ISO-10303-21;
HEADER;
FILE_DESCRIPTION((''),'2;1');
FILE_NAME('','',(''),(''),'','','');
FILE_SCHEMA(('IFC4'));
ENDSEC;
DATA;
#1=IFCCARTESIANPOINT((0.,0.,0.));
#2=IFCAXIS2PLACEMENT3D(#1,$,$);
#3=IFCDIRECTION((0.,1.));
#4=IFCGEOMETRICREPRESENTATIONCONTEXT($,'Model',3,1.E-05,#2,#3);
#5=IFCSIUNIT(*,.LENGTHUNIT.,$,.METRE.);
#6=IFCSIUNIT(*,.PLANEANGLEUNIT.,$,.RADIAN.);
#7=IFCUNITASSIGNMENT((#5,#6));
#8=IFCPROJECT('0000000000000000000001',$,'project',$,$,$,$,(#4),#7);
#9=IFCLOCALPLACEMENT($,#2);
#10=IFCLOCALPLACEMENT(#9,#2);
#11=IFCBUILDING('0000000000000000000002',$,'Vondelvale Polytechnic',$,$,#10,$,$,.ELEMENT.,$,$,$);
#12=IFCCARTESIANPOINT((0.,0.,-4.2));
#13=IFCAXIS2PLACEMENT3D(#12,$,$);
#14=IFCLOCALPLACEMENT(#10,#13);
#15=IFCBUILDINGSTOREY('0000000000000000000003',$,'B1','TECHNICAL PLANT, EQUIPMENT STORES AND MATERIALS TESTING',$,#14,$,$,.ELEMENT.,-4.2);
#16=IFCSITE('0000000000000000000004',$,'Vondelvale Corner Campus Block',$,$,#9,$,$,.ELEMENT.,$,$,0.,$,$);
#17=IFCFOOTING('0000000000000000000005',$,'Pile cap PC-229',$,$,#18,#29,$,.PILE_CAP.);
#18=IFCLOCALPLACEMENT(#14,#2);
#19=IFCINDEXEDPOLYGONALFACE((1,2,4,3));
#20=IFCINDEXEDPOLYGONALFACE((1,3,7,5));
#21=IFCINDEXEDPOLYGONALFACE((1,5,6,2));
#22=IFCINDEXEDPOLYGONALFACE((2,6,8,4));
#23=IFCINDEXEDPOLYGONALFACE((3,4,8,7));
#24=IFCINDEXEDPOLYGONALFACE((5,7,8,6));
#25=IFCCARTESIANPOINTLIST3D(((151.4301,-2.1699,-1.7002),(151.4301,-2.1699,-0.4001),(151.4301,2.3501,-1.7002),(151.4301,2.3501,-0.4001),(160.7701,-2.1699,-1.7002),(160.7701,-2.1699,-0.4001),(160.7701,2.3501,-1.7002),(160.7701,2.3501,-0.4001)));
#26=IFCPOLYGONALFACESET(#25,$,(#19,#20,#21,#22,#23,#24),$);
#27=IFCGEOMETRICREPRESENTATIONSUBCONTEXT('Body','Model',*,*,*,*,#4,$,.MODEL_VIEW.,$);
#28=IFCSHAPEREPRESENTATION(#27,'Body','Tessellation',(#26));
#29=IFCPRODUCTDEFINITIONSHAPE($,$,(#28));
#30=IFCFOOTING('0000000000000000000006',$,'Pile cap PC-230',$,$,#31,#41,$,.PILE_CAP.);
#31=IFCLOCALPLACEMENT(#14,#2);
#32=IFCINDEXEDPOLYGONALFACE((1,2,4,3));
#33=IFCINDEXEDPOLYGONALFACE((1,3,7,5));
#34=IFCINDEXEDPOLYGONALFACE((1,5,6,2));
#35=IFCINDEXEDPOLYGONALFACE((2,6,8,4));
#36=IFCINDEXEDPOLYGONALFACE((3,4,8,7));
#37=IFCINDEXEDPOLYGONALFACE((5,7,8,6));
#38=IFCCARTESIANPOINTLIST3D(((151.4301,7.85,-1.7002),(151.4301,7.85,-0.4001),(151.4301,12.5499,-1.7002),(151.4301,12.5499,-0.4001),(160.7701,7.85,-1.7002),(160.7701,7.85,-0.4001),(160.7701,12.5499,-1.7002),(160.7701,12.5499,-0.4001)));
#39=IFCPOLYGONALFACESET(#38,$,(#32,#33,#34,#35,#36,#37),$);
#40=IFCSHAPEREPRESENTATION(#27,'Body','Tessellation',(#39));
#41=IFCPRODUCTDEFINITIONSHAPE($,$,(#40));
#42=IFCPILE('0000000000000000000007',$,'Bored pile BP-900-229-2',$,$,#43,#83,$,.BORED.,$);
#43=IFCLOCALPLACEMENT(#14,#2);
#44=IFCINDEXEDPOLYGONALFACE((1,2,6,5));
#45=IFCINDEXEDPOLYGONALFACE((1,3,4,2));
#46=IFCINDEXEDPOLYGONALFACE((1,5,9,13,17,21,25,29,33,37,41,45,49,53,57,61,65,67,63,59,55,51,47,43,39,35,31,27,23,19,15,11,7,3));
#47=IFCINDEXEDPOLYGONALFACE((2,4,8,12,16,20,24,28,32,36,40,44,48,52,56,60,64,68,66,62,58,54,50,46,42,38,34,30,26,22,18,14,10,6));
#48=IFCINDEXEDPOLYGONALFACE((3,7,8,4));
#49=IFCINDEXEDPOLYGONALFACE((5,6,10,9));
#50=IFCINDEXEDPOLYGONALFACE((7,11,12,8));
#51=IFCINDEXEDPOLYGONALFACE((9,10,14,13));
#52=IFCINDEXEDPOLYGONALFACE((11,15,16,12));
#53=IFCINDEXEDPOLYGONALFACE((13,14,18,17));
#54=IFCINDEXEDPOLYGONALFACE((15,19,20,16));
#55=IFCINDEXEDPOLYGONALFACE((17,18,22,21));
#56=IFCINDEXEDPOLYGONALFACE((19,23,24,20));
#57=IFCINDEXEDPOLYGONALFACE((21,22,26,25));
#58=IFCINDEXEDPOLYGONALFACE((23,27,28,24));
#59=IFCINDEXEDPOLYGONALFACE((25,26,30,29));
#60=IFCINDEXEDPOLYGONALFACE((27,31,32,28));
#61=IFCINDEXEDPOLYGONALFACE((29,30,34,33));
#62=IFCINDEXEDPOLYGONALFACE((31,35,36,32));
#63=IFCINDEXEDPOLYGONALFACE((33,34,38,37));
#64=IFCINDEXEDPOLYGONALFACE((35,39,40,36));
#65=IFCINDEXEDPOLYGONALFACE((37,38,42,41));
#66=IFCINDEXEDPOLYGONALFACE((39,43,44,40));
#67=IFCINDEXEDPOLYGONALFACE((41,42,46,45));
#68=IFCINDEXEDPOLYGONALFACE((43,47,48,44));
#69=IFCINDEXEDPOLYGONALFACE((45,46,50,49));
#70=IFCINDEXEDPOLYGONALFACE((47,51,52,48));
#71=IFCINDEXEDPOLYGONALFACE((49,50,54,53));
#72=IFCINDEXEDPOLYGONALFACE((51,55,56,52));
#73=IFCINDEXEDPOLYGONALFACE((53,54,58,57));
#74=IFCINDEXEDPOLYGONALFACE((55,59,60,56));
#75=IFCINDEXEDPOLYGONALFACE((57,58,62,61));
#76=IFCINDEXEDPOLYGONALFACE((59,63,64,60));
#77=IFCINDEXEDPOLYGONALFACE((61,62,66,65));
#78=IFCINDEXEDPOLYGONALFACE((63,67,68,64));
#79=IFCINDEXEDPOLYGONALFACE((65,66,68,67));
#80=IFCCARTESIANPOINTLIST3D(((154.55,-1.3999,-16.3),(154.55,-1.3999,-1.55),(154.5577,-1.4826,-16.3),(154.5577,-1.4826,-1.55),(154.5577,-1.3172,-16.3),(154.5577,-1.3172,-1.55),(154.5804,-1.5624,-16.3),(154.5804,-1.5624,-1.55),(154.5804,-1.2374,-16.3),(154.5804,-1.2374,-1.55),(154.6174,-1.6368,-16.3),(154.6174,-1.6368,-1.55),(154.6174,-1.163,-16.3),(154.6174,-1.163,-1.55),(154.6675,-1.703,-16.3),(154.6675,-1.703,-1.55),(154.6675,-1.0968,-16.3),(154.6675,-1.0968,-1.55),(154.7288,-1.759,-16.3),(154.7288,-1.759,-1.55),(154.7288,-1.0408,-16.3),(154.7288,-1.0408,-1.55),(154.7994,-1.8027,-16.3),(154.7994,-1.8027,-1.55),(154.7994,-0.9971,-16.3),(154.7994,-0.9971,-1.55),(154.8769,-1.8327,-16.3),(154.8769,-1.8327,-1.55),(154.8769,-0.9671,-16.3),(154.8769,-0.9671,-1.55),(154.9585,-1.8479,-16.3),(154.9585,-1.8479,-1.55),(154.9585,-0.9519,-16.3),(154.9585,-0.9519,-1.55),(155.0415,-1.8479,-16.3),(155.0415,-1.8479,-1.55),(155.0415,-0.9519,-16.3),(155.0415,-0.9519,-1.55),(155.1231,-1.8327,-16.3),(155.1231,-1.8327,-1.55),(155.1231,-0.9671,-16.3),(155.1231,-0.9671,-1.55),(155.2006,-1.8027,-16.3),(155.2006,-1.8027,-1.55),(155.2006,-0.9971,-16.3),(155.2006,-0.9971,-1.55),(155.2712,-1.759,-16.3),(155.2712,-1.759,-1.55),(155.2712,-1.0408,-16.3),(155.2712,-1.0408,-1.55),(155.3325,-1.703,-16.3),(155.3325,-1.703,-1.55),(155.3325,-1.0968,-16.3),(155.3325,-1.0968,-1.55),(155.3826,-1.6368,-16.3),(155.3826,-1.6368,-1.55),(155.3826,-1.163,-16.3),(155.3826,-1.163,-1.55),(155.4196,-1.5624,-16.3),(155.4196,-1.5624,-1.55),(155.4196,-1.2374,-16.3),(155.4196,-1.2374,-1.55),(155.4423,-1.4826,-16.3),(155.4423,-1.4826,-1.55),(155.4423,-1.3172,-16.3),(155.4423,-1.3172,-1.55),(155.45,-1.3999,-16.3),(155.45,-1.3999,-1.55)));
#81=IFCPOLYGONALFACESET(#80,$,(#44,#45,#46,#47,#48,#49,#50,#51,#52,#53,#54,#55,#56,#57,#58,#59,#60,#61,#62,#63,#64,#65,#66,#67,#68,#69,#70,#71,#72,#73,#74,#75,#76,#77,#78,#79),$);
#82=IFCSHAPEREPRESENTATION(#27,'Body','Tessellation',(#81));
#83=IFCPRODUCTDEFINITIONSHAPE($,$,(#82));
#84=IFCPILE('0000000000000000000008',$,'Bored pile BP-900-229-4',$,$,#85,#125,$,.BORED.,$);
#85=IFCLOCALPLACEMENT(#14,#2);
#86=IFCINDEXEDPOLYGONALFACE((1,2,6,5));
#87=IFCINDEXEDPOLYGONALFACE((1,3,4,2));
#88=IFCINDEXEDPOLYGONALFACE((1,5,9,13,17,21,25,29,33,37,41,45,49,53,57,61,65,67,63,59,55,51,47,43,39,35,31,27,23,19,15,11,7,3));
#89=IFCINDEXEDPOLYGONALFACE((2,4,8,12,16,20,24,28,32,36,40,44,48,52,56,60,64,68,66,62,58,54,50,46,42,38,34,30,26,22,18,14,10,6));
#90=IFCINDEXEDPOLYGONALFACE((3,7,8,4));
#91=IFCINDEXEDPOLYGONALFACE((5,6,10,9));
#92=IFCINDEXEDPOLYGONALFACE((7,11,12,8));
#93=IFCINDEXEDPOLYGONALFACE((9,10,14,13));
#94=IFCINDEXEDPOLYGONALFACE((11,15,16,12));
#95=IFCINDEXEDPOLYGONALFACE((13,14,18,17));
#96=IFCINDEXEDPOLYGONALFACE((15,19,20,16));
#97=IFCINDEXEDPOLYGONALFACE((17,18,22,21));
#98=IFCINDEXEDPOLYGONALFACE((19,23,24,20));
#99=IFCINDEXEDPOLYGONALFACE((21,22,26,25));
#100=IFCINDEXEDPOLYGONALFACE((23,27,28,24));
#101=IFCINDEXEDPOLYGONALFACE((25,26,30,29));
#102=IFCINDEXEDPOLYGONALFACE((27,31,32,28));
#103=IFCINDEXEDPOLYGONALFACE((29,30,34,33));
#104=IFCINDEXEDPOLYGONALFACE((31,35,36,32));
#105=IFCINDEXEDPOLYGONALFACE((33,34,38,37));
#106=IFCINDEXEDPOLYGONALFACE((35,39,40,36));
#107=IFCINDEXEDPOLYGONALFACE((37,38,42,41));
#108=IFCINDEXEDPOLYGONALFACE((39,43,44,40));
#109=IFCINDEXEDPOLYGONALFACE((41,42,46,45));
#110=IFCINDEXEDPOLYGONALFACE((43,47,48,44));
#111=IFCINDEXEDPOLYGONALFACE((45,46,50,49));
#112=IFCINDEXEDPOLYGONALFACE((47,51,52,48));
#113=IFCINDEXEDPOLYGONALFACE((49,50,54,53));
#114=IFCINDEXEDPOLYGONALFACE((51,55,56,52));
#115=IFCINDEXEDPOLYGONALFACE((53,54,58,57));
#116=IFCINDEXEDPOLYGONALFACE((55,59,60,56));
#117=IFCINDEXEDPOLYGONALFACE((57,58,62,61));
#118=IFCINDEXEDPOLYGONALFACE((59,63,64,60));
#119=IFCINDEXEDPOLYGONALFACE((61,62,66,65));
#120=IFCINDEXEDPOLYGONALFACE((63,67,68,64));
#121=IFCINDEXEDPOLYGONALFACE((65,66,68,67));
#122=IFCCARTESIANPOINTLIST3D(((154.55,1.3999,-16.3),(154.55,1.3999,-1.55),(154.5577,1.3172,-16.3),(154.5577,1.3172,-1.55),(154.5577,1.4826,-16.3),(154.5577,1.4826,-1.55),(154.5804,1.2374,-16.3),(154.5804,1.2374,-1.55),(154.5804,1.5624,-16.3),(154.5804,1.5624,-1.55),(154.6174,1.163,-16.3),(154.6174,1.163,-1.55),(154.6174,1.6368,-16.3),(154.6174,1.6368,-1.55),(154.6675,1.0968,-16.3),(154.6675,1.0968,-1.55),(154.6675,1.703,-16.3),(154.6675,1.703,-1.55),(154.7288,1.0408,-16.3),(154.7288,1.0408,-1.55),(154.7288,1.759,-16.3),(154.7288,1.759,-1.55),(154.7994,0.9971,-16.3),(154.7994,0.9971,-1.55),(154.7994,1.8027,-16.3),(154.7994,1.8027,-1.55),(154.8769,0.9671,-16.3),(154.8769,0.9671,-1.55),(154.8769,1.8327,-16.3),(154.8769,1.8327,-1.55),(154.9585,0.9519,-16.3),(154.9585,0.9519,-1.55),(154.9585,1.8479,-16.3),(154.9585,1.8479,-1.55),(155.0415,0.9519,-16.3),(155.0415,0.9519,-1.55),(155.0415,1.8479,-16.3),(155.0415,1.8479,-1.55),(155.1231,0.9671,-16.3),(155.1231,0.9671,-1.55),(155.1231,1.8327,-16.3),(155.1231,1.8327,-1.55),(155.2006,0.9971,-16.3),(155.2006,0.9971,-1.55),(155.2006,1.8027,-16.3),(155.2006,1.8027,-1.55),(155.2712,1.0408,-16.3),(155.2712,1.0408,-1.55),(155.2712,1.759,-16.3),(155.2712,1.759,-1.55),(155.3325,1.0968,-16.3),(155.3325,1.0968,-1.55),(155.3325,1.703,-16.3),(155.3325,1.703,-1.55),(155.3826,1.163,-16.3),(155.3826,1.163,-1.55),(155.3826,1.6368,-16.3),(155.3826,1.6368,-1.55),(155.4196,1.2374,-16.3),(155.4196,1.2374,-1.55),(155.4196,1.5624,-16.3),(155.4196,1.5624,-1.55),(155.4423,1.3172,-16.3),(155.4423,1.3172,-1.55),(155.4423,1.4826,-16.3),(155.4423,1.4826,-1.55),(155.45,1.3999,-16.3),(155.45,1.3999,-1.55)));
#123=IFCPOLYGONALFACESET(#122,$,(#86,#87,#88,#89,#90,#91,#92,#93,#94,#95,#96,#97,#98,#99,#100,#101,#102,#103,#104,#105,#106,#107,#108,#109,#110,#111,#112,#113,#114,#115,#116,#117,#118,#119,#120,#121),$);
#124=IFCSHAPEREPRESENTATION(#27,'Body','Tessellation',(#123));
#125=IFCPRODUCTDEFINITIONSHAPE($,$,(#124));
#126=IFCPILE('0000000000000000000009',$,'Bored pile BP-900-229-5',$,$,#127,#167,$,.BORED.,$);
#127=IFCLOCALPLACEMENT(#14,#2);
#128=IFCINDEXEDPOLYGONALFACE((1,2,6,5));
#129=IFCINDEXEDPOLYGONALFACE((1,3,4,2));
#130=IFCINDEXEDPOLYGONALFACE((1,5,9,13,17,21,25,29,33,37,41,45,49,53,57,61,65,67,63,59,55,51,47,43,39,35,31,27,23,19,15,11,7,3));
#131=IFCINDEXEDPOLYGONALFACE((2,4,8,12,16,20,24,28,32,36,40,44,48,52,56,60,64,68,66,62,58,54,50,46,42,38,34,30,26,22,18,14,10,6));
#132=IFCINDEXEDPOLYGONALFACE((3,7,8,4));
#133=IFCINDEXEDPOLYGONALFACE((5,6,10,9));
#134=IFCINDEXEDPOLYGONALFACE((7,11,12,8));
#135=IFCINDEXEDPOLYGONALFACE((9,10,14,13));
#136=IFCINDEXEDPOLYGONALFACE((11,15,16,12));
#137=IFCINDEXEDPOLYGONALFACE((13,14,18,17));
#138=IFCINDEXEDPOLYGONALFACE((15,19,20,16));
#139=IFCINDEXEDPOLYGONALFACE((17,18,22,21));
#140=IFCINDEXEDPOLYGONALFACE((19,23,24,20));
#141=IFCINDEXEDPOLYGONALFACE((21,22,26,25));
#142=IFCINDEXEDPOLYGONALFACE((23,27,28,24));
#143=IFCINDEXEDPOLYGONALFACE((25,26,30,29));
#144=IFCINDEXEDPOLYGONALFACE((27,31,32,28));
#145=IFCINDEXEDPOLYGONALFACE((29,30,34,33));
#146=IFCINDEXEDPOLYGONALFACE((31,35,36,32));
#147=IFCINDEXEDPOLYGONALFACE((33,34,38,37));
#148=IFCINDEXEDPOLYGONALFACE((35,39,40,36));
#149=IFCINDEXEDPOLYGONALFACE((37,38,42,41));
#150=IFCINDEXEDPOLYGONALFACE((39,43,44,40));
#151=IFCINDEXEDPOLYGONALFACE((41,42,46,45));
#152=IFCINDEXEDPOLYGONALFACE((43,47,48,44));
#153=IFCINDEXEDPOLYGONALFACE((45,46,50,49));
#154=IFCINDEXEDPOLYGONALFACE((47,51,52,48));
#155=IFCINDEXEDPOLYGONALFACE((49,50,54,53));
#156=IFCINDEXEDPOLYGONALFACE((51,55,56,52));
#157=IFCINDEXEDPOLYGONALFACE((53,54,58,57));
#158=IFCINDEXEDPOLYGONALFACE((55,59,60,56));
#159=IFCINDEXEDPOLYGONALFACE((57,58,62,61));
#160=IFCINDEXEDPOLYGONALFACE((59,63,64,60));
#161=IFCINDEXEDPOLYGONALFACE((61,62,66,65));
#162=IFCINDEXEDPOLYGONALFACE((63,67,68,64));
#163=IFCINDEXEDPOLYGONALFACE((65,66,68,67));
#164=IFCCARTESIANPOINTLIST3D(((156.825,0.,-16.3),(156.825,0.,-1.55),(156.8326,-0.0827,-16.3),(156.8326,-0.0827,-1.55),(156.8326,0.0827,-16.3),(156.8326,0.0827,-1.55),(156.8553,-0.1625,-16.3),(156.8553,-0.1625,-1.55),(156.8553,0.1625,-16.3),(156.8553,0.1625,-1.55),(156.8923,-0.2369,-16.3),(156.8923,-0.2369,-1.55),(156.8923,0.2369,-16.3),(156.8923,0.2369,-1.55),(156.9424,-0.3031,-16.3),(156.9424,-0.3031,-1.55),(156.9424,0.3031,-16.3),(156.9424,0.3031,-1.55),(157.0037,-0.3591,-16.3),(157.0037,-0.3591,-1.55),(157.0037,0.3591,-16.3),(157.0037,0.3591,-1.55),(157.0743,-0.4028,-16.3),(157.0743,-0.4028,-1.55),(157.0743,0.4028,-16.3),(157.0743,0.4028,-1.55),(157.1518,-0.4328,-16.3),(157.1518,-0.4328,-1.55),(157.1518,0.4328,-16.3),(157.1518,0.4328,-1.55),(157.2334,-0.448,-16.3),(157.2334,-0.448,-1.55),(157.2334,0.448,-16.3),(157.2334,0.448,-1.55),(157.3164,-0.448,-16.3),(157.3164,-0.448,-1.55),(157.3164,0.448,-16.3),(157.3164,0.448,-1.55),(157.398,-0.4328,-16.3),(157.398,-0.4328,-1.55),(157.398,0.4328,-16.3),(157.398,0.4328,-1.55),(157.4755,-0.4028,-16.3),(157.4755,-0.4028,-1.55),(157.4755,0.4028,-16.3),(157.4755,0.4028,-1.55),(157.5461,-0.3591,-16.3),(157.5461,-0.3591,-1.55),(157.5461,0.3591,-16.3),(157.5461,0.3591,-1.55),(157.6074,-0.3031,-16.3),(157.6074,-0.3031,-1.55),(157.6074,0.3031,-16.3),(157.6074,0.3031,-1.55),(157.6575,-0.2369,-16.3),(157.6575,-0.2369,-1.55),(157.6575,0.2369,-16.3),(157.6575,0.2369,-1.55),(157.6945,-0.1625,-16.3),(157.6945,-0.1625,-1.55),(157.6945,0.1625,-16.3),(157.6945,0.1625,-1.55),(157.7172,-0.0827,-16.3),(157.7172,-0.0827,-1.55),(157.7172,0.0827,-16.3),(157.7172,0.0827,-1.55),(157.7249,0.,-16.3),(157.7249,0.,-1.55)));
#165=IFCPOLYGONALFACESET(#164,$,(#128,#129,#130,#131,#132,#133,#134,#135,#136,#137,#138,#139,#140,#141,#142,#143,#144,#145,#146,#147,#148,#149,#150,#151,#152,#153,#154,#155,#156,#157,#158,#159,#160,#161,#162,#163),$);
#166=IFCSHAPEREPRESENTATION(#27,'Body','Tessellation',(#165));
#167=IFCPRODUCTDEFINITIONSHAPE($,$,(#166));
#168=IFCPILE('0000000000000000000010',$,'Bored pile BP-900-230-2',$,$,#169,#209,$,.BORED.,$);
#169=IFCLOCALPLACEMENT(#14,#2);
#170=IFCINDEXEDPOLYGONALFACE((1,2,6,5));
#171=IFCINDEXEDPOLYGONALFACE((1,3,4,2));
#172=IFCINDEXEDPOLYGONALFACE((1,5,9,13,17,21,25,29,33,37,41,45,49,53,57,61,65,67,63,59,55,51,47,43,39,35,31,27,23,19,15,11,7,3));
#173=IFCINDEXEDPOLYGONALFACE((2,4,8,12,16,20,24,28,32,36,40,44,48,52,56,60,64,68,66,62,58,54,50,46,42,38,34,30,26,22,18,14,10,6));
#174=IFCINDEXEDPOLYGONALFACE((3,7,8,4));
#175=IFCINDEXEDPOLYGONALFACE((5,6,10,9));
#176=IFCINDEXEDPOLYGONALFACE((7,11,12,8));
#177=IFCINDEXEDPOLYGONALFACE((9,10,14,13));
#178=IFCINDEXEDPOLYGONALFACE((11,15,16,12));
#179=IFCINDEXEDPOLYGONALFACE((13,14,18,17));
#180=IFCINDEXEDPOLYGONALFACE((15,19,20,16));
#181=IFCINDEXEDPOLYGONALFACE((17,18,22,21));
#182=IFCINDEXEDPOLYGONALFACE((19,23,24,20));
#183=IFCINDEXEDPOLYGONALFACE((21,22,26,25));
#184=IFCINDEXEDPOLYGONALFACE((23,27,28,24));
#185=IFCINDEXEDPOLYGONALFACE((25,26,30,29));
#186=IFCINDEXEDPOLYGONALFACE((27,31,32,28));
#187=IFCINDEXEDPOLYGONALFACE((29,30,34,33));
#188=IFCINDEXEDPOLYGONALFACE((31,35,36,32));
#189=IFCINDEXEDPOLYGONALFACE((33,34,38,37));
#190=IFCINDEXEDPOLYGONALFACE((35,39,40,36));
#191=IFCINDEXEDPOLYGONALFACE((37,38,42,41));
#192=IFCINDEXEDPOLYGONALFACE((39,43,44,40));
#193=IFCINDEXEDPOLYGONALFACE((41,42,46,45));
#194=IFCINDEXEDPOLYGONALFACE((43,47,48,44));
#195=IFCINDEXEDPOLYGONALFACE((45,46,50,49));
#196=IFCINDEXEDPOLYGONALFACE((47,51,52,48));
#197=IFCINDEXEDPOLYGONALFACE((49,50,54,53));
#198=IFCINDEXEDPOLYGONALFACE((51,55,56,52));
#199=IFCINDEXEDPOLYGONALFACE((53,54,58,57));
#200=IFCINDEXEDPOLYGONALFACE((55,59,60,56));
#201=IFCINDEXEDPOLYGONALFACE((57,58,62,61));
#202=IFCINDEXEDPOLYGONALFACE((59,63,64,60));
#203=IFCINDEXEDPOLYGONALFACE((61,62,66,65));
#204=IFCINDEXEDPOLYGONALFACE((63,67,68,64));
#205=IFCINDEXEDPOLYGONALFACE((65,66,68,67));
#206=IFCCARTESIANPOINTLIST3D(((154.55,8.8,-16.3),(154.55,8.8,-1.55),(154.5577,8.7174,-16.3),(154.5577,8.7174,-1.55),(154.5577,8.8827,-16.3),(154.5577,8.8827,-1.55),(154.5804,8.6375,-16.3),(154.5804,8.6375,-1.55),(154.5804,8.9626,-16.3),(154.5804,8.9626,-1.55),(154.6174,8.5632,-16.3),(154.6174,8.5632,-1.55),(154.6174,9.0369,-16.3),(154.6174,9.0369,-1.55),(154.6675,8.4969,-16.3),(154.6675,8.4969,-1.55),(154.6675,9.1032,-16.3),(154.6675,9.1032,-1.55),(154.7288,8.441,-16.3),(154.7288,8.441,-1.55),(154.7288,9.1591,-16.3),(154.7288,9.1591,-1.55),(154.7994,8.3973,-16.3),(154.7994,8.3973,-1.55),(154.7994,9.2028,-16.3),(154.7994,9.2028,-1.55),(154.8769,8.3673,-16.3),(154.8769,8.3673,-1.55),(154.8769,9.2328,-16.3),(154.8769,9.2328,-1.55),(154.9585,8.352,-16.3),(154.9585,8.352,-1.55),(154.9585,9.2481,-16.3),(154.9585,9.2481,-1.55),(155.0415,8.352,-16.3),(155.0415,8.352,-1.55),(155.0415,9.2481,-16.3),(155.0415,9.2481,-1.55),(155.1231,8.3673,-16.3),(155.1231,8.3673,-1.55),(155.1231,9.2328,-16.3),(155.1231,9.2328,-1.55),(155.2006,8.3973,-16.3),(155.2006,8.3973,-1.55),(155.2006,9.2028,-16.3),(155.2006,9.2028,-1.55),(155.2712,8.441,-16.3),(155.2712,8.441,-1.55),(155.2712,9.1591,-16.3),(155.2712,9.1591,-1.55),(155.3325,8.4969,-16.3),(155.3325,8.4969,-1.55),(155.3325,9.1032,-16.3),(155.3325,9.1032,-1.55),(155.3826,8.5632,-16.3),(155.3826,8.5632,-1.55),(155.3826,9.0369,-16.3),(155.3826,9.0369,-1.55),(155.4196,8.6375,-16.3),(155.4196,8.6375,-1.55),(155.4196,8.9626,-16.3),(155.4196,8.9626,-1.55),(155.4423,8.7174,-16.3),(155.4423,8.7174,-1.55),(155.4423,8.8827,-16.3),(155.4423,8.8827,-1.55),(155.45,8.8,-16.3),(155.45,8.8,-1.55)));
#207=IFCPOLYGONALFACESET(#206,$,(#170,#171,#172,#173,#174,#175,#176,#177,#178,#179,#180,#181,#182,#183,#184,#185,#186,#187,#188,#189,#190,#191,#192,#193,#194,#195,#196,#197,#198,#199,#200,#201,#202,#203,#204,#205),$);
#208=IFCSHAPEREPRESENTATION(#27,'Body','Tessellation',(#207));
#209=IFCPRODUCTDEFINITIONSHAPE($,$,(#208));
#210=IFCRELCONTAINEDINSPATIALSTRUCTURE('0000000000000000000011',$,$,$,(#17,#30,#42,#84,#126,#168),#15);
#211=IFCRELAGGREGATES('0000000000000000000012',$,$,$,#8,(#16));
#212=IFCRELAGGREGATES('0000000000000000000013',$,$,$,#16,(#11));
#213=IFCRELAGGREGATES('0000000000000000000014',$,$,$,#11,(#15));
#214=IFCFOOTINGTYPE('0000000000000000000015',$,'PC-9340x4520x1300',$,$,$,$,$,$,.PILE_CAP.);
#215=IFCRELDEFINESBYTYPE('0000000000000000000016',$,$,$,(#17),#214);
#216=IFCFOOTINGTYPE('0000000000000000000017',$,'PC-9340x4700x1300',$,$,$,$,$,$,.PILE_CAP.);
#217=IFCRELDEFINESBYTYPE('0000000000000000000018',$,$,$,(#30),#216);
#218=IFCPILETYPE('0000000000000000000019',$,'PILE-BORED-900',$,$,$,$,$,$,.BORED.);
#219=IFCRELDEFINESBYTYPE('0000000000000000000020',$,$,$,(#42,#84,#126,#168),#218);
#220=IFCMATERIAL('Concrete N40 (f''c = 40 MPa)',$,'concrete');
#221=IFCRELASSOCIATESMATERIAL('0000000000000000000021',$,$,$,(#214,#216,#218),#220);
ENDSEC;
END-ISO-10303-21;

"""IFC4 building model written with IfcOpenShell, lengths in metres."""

from ifc_helpers import new_model, si_unit, direction, frame, origin, origin_2d, place, context, subcontext, project, spatial, rectangle, circle, extrude, material, material_profile, profile_set, type_object, element, save


model = new_model("IFC4")

# Units and contexts
model_context = context("Model", 3, precision=1e-05, world=origin(), true_north=direction((0.0, 1.0)))
body_context = subcontext(model_context, "Body", "Model", "MODEL_VIEW")
ifc_project = project(units=[si_unit("LENGTHUNIT", "METRE"), si_unit("PLANEANGLEUNIT", "RADIAN")], contexts=[model_context])

# Site, building, storey
site_placement = place(None, origin())
site = spatial("IfcSite", under=ifc_project, at=site_placement, Name="Vondelvale Corner Campus Block", CompositionType="ELEMENT", RefElevation=0.0)
building_placement = place(site_placement, origin())
building = spatial("IfcBuilding", under=site, at=building_placement, Name="Vondelvale Polytechnic", CompositionType="ELEMENT")
storey_placement = place(building_placement, frame((0.0, 0.0, -4.2)))
storey = spatial("IfcBuildingStorey", under=building, at=storey_placement, Name="B1", Description="TECHNICAL PLANT, EQUIPMENT STORES AND MATERIALS TESTING", CompositionType="ELEMENT", Elevation=-4.2)

# Footings
ifc_material_1 = material(Name="Concrete N40 (f'c = 40 MPa)", Category="concrete")
footing_type_1 = type_object("IfcFootingType", Name="PC-9340x4520x1300", PredefinedType="PILE_CAP", material=ifc_material_1)
footing_1_placement = place(storey_placement, frame((156.1001, 0.0901, -1.7002), z_axis=(0.0, 0.0, 1.0), x_axis=(1.0, 0.0, 0.0)))
element("IfcFooting", 1, at=footing_1_placement, inside=storey, type_object=footing_type_1, Name="Pile cap PC-229", PredefinedType="PILE_CAP", context=body_context, shape_type="SweptSolid", body=[
    extrude(rectangle(XDim=9.3401, YDim=4.52, at=origin_2d()), origin(), (0.0, 0.0, 1.0), 1.3),
])
footing_type_2 = type_object("IfcFootingType", Name="PC-9340x4700x1300", PredefinedType="PILE_CAP", material=ifc_material_1)
footing_2_placement = place(storey_placement, frame((156.1001, 10.2, -1.7002), z_axis=(0.0, 0.0, 1.0), x_axis=(1.0, 0.0, 0.0)))
element("IfcFooting", 2, at=footing_2_placement, inside=storey, type_object=footing_type_2, Name="Pile cap PC-230", PredefinedType="PILE_CAP", context=body_context, shape_type="SweptSolid", body=[
    extrude(rectangle(XDim=9.3401, YDim=4.7, at=origin_2d()), origin(), (0.0, 0.0, 1.0), 1.3),
])

# Piles
ifc_material_profile_1 = material_profile(ifc_material_1, circle(Radius=0.45, at=origin_2d()), Name="PILE-D900")
ifc_profile_set_1 = profile_set([ifc_material_profile_1], Name="Concrete N40 (f'c = 40 MPa)")
pile_type = type_object("IfcPileType", Name="PILE-BORED-900", PredefinedType="BORED", material=ifc_profile_set_1)
for number, where, z_axis, x_axis, name in (
    (3, (155.0, -1.3999, -1.55), (0.0, 0.0, -1.0), (1.0, 0.0, 0.0), "Bored pile BP-900-229-2"),
    (4, (155.0, 1.3999, -1.55), (0.0, 0.0, -1.0), (1.0, 0.0, 0.0), "Bored pile BP-900-229-4"),
    (5, (157.2749, 0.0, -1.55), (0.0, 0.0, -1.0), (1.0, 0.0, 0.0), "Bored pile BP-900-229-5"),
    (6, (155.0, 8.8, -1.55), (0.0, 0.0, -1.0), (1.0, 0.0, 0.0), "Bored pile BP-900-230-2"),
):
    element("IfcPile", number, at=place(storey_placement, frame(where, z_axis=z_axis, x_axis=x_axis)), inside=storey, type_object=pile_type, Name=name, PredefinedType="BORED", context=body_context, shape_type="SweptSolid", body=[
        extrude(circle(Radius=0.45, at=origin_2d()), origin(), (0.0, 0.0, 1.0), 14.75),
    ])

save(model, "model.ifc")
